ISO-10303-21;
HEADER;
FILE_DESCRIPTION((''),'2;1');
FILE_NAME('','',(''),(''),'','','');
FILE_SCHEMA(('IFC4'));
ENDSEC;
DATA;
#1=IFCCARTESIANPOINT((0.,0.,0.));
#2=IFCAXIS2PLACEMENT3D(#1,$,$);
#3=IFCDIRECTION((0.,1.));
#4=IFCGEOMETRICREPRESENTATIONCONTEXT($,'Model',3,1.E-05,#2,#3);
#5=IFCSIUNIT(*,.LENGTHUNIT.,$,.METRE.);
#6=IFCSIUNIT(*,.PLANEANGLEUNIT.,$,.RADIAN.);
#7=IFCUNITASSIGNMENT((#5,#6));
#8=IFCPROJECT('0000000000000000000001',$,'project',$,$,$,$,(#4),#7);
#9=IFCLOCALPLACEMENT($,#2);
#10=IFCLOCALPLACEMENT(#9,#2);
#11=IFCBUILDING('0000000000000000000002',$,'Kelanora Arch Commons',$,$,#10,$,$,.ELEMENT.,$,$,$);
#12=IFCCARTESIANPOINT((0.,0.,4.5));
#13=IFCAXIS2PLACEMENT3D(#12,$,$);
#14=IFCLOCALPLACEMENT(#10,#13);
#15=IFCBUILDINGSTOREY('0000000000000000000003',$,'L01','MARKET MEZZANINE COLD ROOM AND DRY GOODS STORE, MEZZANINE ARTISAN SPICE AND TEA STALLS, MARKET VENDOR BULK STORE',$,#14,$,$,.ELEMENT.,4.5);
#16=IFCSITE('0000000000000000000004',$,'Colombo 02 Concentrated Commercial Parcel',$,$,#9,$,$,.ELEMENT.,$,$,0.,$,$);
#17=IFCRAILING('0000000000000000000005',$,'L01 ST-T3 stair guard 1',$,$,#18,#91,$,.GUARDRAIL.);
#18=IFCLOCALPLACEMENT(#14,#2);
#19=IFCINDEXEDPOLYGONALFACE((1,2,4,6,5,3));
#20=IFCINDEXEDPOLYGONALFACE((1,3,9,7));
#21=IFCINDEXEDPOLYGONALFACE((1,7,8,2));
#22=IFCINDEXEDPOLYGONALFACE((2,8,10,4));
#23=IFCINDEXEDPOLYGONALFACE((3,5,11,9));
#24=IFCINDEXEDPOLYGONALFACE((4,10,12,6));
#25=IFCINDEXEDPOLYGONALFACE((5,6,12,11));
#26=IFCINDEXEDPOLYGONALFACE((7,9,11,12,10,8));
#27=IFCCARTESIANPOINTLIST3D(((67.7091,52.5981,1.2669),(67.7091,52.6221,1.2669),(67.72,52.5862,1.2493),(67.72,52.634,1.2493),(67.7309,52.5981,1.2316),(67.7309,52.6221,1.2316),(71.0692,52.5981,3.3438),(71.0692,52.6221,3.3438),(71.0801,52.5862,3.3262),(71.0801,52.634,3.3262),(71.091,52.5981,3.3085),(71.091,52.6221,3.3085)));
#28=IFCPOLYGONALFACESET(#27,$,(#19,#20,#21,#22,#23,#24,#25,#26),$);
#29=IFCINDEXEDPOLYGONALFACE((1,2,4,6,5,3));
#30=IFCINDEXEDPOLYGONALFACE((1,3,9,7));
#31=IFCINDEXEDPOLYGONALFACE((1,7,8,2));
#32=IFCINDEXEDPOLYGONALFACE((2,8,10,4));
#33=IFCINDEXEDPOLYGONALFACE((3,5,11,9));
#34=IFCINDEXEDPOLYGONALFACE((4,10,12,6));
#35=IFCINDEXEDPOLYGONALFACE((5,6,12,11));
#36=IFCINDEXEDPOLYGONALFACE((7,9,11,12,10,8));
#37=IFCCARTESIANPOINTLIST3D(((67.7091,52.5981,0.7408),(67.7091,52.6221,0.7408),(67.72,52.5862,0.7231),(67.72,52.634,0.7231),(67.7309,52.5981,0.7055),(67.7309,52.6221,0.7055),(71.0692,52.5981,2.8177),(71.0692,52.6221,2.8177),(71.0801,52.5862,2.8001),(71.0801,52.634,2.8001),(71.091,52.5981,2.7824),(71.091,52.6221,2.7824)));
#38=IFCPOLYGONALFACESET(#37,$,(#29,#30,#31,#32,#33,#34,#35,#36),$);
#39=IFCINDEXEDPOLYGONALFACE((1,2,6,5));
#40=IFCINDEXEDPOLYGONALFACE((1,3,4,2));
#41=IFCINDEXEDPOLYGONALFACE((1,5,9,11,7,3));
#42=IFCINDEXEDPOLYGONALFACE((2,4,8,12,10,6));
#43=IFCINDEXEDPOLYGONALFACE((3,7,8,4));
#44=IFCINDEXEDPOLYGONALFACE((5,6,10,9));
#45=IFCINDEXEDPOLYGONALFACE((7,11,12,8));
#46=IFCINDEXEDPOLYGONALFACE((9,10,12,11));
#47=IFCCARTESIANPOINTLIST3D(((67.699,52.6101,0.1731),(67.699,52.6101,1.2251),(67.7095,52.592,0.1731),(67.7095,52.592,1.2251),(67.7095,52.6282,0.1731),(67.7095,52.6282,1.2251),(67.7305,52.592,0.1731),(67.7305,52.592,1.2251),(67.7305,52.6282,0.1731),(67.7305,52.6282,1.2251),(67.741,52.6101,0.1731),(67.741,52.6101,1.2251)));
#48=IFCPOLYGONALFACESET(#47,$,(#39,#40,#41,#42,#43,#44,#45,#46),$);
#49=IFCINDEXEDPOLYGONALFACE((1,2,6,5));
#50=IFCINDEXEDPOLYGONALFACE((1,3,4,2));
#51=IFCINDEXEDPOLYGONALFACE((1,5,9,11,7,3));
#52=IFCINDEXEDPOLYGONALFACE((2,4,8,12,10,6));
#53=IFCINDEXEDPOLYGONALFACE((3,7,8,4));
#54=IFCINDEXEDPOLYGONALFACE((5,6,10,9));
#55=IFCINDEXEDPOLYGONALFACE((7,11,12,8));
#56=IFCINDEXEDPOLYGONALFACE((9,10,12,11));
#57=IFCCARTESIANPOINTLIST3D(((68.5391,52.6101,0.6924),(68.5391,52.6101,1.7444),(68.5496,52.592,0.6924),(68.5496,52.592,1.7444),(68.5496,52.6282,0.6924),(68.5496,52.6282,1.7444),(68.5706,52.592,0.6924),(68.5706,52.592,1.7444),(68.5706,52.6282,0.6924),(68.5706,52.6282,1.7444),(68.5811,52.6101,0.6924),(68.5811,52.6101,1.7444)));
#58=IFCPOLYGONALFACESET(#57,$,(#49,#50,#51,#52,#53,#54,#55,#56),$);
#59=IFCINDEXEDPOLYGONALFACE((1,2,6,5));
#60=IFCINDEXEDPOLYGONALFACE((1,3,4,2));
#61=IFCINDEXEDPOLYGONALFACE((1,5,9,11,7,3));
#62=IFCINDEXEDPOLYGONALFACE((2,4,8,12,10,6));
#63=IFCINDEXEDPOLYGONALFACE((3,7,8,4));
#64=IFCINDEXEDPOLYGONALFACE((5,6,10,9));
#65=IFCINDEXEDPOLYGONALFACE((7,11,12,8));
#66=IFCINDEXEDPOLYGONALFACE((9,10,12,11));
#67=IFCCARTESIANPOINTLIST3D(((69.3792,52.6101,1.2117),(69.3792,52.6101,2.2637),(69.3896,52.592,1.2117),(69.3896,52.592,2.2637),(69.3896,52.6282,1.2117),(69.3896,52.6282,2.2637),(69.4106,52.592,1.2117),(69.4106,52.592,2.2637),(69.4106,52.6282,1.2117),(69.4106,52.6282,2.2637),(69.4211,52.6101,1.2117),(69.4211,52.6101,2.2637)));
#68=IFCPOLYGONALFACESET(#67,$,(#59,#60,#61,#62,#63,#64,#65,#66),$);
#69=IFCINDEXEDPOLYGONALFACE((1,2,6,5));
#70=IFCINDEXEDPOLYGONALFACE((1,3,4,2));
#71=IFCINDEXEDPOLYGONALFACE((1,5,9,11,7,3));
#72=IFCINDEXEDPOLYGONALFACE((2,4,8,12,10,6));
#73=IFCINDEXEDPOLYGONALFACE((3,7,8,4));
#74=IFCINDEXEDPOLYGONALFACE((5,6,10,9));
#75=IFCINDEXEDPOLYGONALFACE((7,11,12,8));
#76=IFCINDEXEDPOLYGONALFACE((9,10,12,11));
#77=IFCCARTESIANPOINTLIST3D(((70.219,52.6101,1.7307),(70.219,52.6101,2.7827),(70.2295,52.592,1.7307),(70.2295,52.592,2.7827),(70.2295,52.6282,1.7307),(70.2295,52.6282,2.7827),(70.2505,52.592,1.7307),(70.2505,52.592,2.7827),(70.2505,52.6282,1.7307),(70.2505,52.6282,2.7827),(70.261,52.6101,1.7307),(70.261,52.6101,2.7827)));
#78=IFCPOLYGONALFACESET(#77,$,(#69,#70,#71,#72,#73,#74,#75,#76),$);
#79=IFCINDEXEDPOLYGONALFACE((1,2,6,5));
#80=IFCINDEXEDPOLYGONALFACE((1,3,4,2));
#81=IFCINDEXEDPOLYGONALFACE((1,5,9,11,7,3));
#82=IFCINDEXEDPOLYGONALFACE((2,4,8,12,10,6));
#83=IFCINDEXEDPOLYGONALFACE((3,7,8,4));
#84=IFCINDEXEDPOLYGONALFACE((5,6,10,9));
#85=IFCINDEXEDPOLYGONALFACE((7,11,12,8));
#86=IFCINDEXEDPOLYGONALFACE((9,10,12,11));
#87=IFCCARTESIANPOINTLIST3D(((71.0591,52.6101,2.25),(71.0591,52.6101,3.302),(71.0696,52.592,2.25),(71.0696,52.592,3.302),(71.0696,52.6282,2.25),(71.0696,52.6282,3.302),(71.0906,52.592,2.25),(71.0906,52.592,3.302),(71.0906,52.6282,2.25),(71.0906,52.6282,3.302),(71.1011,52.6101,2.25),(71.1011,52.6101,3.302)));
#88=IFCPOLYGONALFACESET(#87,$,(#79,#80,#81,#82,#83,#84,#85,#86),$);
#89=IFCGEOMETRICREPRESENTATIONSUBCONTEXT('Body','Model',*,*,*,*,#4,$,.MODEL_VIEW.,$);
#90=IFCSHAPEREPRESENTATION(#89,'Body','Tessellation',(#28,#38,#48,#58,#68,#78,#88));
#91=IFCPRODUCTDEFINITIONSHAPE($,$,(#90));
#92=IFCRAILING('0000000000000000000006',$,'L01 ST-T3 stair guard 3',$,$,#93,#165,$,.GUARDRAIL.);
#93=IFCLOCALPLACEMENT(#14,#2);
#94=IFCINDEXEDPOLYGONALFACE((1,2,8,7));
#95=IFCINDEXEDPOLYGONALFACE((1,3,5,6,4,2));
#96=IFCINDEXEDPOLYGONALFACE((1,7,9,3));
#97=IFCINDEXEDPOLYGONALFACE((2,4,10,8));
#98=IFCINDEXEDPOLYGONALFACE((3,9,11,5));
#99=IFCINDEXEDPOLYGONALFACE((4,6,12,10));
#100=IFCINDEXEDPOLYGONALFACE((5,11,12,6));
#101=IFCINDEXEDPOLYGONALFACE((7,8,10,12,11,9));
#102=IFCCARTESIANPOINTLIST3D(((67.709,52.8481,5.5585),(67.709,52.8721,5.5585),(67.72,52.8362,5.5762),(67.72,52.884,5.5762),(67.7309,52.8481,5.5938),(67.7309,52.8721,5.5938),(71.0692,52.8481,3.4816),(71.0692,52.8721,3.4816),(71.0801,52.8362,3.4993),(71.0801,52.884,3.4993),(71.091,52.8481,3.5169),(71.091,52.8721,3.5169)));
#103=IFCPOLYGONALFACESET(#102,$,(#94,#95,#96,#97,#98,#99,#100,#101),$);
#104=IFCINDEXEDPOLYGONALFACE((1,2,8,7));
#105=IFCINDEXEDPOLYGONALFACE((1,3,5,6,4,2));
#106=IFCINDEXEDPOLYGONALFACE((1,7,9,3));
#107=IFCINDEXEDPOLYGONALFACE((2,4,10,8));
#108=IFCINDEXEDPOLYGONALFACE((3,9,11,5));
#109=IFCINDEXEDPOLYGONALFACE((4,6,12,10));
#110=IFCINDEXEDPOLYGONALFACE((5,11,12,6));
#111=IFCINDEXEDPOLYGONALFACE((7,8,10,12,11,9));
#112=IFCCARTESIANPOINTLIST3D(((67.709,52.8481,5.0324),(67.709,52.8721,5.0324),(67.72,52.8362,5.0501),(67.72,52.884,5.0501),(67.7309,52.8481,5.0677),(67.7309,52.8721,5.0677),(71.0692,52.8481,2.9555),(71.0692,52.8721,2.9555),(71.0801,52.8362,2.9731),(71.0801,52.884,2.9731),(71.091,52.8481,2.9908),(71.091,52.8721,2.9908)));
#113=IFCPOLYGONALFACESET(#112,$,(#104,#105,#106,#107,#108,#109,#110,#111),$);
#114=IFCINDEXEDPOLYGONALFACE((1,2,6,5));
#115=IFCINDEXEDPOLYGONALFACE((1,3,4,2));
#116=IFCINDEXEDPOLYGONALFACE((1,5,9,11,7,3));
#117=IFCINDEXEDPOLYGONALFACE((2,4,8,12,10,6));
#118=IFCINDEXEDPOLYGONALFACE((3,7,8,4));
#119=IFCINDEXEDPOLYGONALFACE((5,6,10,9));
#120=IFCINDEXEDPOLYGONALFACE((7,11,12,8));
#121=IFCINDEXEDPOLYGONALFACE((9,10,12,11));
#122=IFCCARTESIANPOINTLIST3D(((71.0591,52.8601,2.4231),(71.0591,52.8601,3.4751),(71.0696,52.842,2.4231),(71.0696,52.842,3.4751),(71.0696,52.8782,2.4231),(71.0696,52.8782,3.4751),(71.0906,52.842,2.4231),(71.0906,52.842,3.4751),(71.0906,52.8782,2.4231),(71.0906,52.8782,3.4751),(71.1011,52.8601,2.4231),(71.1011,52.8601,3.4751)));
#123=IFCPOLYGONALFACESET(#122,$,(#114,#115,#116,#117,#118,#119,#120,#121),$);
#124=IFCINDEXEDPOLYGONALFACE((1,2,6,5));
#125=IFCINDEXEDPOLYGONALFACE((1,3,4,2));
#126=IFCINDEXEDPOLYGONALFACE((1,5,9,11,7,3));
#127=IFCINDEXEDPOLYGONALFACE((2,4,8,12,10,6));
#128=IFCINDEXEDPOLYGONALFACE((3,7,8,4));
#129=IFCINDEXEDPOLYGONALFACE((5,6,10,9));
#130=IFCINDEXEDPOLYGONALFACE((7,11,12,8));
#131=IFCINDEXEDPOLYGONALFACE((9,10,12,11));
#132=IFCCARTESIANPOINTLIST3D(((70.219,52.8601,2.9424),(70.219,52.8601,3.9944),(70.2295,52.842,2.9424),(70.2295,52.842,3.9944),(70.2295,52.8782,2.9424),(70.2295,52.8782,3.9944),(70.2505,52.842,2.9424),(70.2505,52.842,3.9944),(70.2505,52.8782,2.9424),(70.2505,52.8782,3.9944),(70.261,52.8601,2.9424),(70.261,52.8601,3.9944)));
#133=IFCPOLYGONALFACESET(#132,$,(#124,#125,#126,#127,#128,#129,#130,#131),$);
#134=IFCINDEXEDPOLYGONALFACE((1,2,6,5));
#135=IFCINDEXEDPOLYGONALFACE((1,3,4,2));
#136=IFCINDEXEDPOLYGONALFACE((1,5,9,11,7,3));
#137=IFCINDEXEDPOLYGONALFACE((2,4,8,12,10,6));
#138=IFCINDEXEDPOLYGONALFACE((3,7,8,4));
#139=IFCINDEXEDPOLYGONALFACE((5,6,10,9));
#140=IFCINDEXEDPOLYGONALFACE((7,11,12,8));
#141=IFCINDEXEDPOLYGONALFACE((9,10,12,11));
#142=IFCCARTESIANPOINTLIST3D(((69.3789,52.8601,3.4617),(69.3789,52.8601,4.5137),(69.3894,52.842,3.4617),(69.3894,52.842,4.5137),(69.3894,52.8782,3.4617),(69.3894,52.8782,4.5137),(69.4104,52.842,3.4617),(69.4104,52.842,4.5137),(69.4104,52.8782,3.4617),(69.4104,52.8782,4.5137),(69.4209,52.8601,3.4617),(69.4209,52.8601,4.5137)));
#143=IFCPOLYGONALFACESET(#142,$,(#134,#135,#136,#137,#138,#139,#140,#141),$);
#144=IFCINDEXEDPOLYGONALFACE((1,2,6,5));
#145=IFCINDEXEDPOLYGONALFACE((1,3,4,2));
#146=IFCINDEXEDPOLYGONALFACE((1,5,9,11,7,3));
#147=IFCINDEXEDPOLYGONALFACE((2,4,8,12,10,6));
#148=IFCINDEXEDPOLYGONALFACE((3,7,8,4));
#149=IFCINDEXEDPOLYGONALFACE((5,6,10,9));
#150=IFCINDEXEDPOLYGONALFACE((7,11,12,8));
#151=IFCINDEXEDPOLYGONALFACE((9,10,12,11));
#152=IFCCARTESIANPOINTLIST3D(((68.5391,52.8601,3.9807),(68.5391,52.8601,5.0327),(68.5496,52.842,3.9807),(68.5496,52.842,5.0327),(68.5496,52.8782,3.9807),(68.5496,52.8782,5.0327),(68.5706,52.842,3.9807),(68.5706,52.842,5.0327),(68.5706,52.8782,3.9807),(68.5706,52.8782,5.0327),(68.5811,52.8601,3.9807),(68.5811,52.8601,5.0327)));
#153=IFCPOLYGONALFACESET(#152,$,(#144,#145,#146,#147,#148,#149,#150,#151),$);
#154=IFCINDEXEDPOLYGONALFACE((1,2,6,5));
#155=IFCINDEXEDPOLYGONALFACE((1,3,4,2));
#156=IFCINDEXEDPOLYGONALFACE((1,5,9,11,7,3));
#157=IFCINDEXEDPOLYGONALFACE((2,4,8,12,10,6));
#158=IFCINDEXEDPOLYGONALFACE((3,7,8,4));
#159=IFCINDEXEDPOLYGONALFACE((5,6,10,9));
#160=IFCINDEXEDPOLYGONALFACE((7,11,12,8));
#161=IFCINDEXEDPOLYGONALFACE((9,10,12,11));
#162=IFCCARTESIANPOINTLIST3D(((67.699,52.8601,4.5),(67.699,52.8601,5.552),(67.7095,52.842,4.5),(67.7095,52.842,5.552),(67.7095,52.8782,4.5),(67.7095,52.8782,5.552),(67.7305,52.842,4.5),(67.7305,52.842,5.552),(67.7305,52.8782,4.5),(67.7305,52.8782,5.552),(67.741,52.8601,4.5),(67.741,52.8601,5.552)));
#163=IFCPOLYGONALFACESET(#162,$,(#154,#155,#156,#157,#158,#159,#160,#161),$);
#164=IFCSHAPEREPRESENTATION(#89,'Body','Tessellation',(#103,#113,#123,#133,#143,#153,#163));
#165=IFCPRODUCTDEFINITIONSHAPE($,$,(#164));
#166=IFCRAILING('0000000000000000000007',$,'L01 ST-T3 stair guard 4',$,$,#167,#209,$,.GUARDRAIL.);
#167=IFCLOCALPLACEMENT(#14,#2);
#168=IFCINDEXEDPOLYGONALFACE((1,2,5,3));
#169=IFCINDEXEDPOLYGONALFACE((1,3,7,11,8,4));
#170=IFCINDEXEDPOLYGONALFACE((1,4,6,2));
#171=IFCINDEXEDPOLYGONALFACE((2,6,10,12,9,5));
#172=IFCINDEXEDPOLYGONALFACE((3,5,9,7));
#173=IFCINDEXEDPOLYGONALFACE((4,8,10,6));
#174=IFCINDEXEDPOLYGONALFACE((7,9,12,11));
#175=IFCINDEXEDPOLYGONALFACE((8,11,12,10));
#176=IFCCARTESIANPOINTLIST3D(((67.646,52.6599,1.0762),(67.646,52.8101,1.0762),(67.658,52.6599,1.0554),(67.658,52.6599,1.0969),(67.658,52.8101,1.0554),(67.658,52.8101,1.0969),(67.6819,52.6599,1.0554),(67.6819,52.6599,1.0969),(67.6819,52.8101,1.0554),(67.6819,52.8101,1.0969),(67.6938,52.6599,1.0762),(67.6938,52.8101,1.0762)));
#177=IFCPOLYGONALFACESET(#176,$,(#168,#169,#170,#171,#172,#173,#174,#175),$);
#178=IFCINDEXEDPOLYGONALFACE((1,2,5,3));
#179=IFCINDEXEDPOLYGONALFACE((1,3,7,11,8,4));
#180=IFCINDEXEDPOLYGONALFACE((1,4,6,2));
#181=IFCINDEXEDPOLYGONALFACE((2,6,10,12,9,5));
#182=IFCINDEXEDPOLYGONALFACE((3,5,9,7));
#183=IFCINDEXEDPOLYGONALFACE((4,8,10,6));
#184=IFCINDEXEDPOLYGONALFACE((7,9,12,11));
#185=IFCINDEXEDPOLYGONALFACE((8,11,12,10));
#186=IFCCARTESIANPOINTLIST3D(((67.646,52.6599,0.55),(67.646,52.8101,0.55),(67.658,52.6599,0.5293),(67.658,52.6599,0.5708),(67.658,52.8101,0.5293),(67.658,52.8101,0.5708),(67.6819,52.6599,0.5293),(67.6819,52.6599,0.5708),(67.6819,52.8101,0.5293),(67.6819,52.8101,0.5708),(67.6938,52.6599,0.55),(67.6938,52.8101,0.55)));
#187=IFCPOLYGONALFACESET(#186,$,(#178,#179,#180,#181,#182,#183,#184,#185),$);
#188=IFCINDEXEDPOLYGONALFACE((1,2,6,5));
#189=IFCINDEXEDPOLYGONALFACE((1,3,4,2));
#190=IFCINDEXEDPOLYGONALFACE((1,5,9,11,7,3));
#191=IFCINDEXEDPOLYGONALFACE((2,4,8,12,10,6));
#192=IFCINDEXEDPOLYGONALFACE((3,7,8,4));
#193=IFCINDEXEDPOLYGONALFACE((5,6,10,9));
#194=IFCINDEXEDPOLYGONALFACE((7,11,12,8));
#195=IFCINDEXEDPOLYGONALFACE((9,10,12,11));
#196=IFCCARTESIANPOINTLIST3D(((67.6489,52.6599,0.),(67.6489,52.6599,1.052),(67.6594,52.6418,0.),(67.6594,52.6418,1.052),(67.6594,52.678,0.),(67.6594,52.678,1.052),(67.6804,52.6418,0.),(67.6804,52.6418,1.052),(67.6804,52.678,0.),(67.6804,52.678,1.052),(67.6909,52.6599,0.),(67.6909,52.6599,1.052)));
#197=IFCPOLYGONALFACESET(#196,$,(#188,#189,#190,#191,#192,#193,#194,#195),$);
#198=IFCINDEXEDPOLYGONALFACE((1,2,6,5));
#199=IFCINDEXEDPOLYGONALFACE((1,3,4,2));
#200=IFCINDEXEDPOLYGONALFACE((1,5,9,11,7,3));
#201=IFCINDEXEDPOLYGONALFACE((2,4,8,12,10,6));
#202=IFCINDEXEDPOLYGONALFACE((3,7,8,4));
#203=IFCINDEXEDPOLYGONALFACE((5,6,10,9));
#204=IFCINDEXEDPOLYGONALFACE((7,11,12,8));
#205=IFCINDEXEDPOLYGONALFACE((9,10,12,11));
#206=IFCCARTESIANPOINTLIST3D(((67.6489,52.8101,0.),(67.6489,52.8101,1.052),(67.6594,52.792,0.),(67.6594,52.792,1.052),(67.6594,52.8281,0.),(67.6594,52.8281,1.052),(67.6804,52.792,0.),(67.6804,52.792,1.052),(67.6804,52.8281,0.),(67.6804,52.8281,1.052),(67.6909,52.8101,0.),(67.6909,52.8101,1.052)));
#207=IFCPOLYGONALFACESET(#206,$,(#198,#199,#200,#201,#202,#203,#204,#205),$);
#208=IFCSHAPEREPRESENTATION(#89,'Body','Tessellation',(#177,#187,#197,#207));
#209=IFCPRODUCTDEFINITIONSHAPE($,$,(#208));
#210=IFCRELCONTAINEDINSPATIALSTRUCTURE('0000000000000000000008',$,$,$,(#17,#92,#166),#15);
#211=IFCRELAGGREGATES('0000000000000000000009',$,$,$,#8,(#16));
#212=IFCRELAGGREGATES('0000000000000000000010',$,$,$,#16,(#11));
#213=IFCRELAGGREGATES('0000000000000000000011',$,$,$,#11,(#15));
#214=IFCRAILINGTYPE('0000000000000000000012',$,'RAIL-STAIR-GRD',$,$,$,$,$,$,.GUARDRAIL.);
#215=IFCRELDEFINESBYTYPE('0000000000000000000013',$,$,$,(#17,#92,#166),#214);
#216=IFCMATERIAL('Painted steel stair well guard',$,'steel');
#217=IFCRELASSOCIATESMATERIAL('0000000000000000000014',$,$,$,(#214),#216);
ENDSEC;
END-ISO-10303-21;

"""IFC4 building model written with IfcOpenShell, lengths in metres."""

from ifc_helpers import new_model, si_unit, direction, frame, origin, place, context, subcontext, project, spatial, polyline, outline, extrude, material, type_object, element, save


model = new_model("IFC4")

# Units and contexts
model_context = context("Model", 3, precision=1e-05, world=origin(), true_north=direction((0.0, 1.0)))
body_context = subcontext(model_context, "Body", "Model", "MODEL_VIEW")
ifc_project = project(units=[si_unit("LENGTHUNIT", "METRE"), si_unit("PLANEANGLEUNIT", "RADIAN")], contexts=[model_context])

# Site, building, storey
site_placement = place(None, origin())
site = spatial("IfcSite", under=ifc_project, at=site_placement, Name="Colombo 02 Concentrated Commercial Parcel", CompositionType="ELEMENT", RefElevation=0.0)
building_placement = place(site_placement, origin())
building = spatial("IfcBuilding", under=site, at=building_placement, Name="Kelanora Arch Commons", CompositionType="ELEMENT")
storey_placement = place(building_placement, frame((0.0, 0.0, 4.5)))
storey = spatial("IfcBuildingStorey", under=building, at=storey_placement, Name="L01", Description="MARKET MEZZANINE COLD ROOM AND DRY GOODS STORE, MEZZANINE ARTISAN SPICE AND TEA STALLS, MARKET VENDOR BULK STORE", CompositionType="ELEMENT", Elevation=4.5)

# Railings
ifc_material_1 = material(Name="Painted steel stair well guard", Category="steel")
railing_type_1 = type_object("IfcRailingType", Name="RAIL-STAIR-GRD", PredefinedType="GUARDRAIL", material=ifc_material_1)
railing_1_placement = place(storey_placement, frame((67.72, 52.6101, 0.1731)))
element("IfcRailing", 1, at=railing_1_placement, inside=storey, type_object=railing_type_1, Name="L01 ST-T3 stair guard 1", PredefinedType="GUARDRAIL", context=body_context, shape_type="SweptSolid", body=[
    extrude(outline(polyline([(0.0239, 0.0), (0.012, 0.0208), (-0.012, 0.0208), (-0.0239, 0.0), (-0.012, -0.0208), (0.012, -0.0208), (0.0239, 0.0)])), frame((0.0, 0.0, 1.0762), z_axis=(0.850623, 0.0, 0.525776), x_axis=(0.0, 1.0, 0.0)), (0.0, 0.0, 1.0), 3.9502),
    extrude(outline(polyline([(0.0239, 0.0), (0.012, 0.0208), (-0.012, 0.0208), (-0.0239, 0.0), (-0.012, -0.0208), (0.012, -0.0208), (0.0239, 0.0)])), frame((0.0, 0.0, 0.55), z_axis=(0.850623, 0.0, 0.525776), x_axis=(0.0, 1.0, 0.0)), (0.0, 0.0, 1.0), 3.9502),
    extrude(outline(polyline([(0.021, 0.0), (0.0105, 0.0181), (-0.0105, 0.0181), (-0.021, 0.0), (-0.0105, -0.0181), (0.0105, -0.0181), (0.021, 0.0)])), origin(), (0.0, 0.0, 1.0), 1.052),
    extrude(outline(polyline([(0.021, 0.0), (0.0105, 0.0181), (-0.0105, 0.0181), (-0.021, 0.0), (-0.0105, -0.0181), (0.0105, -0.0181), (0.021, 0.0)])), frame((0.8401, 0.0, 0.5193)), (0.0, 0.0, 1.0), 1.052),
    extrude(outline(polyline([(0.021, 0.0), (0.0105, 0.0181), (-0.0105, 0.0181), (-0.021, 0.0), (-0.0105, -0.0181), (0.0105, -0.0181), (0.021, 0.0)])), frame((1.6802, 0.0, 1.0386)), (0.0, 0.0, 1.0), 1.052),
    extrude(outline(polyline([(0.021, 0.0), (0.0105, 0.0181), (-0.0105, 0.0181), (-0.021, 0.0), (-0.0105, -0.0181), (0.0105, -0.0181), (0.021, 0.0)])), frame((2.52, 0.0, 1.5576)), (0.0, 0.0, 1.0), 1.052),
    extrude(outline(polyline([(0.021, 0.0), (0.0105, 0.0181), (-0.0105, 0.0181), (-0.021, 0.0), (-0.0105, -0.0181), (0.0105, -0.0181), (0.021, 0.0)])), frame((3.3601, 0.0, 2.0769)), (0.0, 0.0, 1.0), 1.052),
])
railing_2_placement = place(storey_placement, frame((71.0801, 52.8601, 2.4231)))
element("IfcRailing", 2, at=railing_2_placement, inside=storey, type_object=railing_type_1, Name="L01 ST-T3 stair guard 3", PredefinedType="GUARDRAIL", context=body_context, shape_type="SweptSolid", body=[
    extrude(outline(polyline([(0.0239, 0.0), (0.012, 0.0208), (-0.012, 0.0208), (-0.0239, 0.0), (-0.012, -0.0208), (0.012, -0.0208), (0.0239, 0.0)])), frame((0.0, 0.0, 1.0762), z_axis=(-0.850623, 0.0, 0.525776), x_axis=(0.0, -1.0, 0.0)), (0.0, 0.0, 1.0), 3.9502),
    extrude(outline(polyline([(0.0239, 0.0), (0.012, 0.0208), (-0.012, 0.0208), (-0.0239, 0.0), (-0.012, -0.0208), (0.012, -0.0208), (0.0239, 0.0)])), frame((0.0, 0.0, 0.55), z_axis=(-0.850623, 0.0, 0.525776), x_axis=(0.0, -1.0, 0.0)), (0.0, 0.0, 1.0), 3.9502),
    extrude(outline(polyline([(0.021, 0.0), (0.0105, 0.0181), (-0.0105, 0.0181), (-0.021, 0.0), (-0.0105, -0.0181), (0.0105, -0.0181), (0.021, 0.0)])), origin(), (0.0, 0.0, 1.0), 1.052),
    extrude(outline(polyline([(0.021, 0.0), (0.0105, 0.0181), (-0.0105, 0.0181), (-0.021, 0.0), (-0.0105, -0.0181), (0.0105, -0.0181), (0.021, 0.0)])), frame((-0.8401, 0.0, 0.5193)), (0.0, 0.0, 1.0), 1.052),
    extrude(outline(polyline([(0.021, 0.0), (0.0105, 0.0181), (-0.0105, 0.0181), (-0.021, 0.0), (-0.0105, -0.0181), (0.0105, -0.0181), (0.021, 0.0)])), frame((-1.6802, 0.0, 1.0386)), (0.0, 0.0, 1.0), 1.052),
    extrude(outline(polyline([(0.021, 0.0), (0.0105, 0.0181), (-0.0105, 0.0181), (-0.021, 0.0), (-0.0105, -0.0181), (0.0105, -0.0181), (0.021, 0.0)])), frame((-2.52, 0.0, 1.5576)), (0.0, 0.0, 1.0), 1.052),
    extrude(outline(polyline([(0.021, 0.0), (0.0105, 0.0181), (-0.0105, 0.0181), (-0.021, 0.0), (-0.0105, -0.0181), (0.0105, -0.0181), (0.021, 0.0)])), frame((-3.3601, 0.0, 2.0769)), (0.0, 0.0, 1.0), 1.052),
])
railing_3_placement = place(storey_placement, frame((67.6699, 52.6599, 0.0)))
element("IfcRailing", 3, at=railing_3_placement, inside=storey, type_object=railing_type_1, Name="L01 ST-T3 stair guard 4", PredefinedType="GUARDRAIL", context=body_context, shape_type="SweptSolid", body=[
    extrude(outline(polyline([(0.0239, 0.0), (0.012, 0.0208), (-0.012, 0.0208), (-0.0239, 0.0), (-0.012, -0.0208), (0.012, -0.0208), (0.0239, 0.0)])), frame((0.0, 0.0, 1.0762), z_axis=(0.0, 1.0, 0.0), x_axis=(-1.0, 0.0, 0.0)), (0.0, 0.0, 1.0), 0.1501),
    extrude(outline(polyline([(0.0239, 0.0), (0.012, 0.0208), (-0.012, 0.0208), (-0.0239, 0.0), (-0.012, -0.0208), (0.012, -0.0208), (0.0239, 0.0)])), frame((0.0, 0.0, 0.55), z_axis=(0.0, 1.0, 0.0), x_axis=(-1.0, 0.0, 0.0)), (0.0, 0.0, 1.0), 0.1501),
    extrude(outline(polyline([(0.021, 0.0), (0.0105, 0.0181), (-0.0105, 0.0181), (-0.021, 0.0), (-0.0105, -0.0181), (0.0105, -0.0181), (0.021, 0.0)])), origin(), (0.0, 0.0, 1.0), 1.052),
    extrude(outline(polyline([(0.021, 0.0), (0.0105, 0.0181), (-0.0105, 0.0181), (-0.021, 0.0), (-0.0105, -0.0181), (0.0105, -0.0181), (0.021, 0.0)])), frame((0.0, 0.1501, 0.0)), (0.0, 0.0, 1.0), 1.052),
])

save(model, "model.ifc")
